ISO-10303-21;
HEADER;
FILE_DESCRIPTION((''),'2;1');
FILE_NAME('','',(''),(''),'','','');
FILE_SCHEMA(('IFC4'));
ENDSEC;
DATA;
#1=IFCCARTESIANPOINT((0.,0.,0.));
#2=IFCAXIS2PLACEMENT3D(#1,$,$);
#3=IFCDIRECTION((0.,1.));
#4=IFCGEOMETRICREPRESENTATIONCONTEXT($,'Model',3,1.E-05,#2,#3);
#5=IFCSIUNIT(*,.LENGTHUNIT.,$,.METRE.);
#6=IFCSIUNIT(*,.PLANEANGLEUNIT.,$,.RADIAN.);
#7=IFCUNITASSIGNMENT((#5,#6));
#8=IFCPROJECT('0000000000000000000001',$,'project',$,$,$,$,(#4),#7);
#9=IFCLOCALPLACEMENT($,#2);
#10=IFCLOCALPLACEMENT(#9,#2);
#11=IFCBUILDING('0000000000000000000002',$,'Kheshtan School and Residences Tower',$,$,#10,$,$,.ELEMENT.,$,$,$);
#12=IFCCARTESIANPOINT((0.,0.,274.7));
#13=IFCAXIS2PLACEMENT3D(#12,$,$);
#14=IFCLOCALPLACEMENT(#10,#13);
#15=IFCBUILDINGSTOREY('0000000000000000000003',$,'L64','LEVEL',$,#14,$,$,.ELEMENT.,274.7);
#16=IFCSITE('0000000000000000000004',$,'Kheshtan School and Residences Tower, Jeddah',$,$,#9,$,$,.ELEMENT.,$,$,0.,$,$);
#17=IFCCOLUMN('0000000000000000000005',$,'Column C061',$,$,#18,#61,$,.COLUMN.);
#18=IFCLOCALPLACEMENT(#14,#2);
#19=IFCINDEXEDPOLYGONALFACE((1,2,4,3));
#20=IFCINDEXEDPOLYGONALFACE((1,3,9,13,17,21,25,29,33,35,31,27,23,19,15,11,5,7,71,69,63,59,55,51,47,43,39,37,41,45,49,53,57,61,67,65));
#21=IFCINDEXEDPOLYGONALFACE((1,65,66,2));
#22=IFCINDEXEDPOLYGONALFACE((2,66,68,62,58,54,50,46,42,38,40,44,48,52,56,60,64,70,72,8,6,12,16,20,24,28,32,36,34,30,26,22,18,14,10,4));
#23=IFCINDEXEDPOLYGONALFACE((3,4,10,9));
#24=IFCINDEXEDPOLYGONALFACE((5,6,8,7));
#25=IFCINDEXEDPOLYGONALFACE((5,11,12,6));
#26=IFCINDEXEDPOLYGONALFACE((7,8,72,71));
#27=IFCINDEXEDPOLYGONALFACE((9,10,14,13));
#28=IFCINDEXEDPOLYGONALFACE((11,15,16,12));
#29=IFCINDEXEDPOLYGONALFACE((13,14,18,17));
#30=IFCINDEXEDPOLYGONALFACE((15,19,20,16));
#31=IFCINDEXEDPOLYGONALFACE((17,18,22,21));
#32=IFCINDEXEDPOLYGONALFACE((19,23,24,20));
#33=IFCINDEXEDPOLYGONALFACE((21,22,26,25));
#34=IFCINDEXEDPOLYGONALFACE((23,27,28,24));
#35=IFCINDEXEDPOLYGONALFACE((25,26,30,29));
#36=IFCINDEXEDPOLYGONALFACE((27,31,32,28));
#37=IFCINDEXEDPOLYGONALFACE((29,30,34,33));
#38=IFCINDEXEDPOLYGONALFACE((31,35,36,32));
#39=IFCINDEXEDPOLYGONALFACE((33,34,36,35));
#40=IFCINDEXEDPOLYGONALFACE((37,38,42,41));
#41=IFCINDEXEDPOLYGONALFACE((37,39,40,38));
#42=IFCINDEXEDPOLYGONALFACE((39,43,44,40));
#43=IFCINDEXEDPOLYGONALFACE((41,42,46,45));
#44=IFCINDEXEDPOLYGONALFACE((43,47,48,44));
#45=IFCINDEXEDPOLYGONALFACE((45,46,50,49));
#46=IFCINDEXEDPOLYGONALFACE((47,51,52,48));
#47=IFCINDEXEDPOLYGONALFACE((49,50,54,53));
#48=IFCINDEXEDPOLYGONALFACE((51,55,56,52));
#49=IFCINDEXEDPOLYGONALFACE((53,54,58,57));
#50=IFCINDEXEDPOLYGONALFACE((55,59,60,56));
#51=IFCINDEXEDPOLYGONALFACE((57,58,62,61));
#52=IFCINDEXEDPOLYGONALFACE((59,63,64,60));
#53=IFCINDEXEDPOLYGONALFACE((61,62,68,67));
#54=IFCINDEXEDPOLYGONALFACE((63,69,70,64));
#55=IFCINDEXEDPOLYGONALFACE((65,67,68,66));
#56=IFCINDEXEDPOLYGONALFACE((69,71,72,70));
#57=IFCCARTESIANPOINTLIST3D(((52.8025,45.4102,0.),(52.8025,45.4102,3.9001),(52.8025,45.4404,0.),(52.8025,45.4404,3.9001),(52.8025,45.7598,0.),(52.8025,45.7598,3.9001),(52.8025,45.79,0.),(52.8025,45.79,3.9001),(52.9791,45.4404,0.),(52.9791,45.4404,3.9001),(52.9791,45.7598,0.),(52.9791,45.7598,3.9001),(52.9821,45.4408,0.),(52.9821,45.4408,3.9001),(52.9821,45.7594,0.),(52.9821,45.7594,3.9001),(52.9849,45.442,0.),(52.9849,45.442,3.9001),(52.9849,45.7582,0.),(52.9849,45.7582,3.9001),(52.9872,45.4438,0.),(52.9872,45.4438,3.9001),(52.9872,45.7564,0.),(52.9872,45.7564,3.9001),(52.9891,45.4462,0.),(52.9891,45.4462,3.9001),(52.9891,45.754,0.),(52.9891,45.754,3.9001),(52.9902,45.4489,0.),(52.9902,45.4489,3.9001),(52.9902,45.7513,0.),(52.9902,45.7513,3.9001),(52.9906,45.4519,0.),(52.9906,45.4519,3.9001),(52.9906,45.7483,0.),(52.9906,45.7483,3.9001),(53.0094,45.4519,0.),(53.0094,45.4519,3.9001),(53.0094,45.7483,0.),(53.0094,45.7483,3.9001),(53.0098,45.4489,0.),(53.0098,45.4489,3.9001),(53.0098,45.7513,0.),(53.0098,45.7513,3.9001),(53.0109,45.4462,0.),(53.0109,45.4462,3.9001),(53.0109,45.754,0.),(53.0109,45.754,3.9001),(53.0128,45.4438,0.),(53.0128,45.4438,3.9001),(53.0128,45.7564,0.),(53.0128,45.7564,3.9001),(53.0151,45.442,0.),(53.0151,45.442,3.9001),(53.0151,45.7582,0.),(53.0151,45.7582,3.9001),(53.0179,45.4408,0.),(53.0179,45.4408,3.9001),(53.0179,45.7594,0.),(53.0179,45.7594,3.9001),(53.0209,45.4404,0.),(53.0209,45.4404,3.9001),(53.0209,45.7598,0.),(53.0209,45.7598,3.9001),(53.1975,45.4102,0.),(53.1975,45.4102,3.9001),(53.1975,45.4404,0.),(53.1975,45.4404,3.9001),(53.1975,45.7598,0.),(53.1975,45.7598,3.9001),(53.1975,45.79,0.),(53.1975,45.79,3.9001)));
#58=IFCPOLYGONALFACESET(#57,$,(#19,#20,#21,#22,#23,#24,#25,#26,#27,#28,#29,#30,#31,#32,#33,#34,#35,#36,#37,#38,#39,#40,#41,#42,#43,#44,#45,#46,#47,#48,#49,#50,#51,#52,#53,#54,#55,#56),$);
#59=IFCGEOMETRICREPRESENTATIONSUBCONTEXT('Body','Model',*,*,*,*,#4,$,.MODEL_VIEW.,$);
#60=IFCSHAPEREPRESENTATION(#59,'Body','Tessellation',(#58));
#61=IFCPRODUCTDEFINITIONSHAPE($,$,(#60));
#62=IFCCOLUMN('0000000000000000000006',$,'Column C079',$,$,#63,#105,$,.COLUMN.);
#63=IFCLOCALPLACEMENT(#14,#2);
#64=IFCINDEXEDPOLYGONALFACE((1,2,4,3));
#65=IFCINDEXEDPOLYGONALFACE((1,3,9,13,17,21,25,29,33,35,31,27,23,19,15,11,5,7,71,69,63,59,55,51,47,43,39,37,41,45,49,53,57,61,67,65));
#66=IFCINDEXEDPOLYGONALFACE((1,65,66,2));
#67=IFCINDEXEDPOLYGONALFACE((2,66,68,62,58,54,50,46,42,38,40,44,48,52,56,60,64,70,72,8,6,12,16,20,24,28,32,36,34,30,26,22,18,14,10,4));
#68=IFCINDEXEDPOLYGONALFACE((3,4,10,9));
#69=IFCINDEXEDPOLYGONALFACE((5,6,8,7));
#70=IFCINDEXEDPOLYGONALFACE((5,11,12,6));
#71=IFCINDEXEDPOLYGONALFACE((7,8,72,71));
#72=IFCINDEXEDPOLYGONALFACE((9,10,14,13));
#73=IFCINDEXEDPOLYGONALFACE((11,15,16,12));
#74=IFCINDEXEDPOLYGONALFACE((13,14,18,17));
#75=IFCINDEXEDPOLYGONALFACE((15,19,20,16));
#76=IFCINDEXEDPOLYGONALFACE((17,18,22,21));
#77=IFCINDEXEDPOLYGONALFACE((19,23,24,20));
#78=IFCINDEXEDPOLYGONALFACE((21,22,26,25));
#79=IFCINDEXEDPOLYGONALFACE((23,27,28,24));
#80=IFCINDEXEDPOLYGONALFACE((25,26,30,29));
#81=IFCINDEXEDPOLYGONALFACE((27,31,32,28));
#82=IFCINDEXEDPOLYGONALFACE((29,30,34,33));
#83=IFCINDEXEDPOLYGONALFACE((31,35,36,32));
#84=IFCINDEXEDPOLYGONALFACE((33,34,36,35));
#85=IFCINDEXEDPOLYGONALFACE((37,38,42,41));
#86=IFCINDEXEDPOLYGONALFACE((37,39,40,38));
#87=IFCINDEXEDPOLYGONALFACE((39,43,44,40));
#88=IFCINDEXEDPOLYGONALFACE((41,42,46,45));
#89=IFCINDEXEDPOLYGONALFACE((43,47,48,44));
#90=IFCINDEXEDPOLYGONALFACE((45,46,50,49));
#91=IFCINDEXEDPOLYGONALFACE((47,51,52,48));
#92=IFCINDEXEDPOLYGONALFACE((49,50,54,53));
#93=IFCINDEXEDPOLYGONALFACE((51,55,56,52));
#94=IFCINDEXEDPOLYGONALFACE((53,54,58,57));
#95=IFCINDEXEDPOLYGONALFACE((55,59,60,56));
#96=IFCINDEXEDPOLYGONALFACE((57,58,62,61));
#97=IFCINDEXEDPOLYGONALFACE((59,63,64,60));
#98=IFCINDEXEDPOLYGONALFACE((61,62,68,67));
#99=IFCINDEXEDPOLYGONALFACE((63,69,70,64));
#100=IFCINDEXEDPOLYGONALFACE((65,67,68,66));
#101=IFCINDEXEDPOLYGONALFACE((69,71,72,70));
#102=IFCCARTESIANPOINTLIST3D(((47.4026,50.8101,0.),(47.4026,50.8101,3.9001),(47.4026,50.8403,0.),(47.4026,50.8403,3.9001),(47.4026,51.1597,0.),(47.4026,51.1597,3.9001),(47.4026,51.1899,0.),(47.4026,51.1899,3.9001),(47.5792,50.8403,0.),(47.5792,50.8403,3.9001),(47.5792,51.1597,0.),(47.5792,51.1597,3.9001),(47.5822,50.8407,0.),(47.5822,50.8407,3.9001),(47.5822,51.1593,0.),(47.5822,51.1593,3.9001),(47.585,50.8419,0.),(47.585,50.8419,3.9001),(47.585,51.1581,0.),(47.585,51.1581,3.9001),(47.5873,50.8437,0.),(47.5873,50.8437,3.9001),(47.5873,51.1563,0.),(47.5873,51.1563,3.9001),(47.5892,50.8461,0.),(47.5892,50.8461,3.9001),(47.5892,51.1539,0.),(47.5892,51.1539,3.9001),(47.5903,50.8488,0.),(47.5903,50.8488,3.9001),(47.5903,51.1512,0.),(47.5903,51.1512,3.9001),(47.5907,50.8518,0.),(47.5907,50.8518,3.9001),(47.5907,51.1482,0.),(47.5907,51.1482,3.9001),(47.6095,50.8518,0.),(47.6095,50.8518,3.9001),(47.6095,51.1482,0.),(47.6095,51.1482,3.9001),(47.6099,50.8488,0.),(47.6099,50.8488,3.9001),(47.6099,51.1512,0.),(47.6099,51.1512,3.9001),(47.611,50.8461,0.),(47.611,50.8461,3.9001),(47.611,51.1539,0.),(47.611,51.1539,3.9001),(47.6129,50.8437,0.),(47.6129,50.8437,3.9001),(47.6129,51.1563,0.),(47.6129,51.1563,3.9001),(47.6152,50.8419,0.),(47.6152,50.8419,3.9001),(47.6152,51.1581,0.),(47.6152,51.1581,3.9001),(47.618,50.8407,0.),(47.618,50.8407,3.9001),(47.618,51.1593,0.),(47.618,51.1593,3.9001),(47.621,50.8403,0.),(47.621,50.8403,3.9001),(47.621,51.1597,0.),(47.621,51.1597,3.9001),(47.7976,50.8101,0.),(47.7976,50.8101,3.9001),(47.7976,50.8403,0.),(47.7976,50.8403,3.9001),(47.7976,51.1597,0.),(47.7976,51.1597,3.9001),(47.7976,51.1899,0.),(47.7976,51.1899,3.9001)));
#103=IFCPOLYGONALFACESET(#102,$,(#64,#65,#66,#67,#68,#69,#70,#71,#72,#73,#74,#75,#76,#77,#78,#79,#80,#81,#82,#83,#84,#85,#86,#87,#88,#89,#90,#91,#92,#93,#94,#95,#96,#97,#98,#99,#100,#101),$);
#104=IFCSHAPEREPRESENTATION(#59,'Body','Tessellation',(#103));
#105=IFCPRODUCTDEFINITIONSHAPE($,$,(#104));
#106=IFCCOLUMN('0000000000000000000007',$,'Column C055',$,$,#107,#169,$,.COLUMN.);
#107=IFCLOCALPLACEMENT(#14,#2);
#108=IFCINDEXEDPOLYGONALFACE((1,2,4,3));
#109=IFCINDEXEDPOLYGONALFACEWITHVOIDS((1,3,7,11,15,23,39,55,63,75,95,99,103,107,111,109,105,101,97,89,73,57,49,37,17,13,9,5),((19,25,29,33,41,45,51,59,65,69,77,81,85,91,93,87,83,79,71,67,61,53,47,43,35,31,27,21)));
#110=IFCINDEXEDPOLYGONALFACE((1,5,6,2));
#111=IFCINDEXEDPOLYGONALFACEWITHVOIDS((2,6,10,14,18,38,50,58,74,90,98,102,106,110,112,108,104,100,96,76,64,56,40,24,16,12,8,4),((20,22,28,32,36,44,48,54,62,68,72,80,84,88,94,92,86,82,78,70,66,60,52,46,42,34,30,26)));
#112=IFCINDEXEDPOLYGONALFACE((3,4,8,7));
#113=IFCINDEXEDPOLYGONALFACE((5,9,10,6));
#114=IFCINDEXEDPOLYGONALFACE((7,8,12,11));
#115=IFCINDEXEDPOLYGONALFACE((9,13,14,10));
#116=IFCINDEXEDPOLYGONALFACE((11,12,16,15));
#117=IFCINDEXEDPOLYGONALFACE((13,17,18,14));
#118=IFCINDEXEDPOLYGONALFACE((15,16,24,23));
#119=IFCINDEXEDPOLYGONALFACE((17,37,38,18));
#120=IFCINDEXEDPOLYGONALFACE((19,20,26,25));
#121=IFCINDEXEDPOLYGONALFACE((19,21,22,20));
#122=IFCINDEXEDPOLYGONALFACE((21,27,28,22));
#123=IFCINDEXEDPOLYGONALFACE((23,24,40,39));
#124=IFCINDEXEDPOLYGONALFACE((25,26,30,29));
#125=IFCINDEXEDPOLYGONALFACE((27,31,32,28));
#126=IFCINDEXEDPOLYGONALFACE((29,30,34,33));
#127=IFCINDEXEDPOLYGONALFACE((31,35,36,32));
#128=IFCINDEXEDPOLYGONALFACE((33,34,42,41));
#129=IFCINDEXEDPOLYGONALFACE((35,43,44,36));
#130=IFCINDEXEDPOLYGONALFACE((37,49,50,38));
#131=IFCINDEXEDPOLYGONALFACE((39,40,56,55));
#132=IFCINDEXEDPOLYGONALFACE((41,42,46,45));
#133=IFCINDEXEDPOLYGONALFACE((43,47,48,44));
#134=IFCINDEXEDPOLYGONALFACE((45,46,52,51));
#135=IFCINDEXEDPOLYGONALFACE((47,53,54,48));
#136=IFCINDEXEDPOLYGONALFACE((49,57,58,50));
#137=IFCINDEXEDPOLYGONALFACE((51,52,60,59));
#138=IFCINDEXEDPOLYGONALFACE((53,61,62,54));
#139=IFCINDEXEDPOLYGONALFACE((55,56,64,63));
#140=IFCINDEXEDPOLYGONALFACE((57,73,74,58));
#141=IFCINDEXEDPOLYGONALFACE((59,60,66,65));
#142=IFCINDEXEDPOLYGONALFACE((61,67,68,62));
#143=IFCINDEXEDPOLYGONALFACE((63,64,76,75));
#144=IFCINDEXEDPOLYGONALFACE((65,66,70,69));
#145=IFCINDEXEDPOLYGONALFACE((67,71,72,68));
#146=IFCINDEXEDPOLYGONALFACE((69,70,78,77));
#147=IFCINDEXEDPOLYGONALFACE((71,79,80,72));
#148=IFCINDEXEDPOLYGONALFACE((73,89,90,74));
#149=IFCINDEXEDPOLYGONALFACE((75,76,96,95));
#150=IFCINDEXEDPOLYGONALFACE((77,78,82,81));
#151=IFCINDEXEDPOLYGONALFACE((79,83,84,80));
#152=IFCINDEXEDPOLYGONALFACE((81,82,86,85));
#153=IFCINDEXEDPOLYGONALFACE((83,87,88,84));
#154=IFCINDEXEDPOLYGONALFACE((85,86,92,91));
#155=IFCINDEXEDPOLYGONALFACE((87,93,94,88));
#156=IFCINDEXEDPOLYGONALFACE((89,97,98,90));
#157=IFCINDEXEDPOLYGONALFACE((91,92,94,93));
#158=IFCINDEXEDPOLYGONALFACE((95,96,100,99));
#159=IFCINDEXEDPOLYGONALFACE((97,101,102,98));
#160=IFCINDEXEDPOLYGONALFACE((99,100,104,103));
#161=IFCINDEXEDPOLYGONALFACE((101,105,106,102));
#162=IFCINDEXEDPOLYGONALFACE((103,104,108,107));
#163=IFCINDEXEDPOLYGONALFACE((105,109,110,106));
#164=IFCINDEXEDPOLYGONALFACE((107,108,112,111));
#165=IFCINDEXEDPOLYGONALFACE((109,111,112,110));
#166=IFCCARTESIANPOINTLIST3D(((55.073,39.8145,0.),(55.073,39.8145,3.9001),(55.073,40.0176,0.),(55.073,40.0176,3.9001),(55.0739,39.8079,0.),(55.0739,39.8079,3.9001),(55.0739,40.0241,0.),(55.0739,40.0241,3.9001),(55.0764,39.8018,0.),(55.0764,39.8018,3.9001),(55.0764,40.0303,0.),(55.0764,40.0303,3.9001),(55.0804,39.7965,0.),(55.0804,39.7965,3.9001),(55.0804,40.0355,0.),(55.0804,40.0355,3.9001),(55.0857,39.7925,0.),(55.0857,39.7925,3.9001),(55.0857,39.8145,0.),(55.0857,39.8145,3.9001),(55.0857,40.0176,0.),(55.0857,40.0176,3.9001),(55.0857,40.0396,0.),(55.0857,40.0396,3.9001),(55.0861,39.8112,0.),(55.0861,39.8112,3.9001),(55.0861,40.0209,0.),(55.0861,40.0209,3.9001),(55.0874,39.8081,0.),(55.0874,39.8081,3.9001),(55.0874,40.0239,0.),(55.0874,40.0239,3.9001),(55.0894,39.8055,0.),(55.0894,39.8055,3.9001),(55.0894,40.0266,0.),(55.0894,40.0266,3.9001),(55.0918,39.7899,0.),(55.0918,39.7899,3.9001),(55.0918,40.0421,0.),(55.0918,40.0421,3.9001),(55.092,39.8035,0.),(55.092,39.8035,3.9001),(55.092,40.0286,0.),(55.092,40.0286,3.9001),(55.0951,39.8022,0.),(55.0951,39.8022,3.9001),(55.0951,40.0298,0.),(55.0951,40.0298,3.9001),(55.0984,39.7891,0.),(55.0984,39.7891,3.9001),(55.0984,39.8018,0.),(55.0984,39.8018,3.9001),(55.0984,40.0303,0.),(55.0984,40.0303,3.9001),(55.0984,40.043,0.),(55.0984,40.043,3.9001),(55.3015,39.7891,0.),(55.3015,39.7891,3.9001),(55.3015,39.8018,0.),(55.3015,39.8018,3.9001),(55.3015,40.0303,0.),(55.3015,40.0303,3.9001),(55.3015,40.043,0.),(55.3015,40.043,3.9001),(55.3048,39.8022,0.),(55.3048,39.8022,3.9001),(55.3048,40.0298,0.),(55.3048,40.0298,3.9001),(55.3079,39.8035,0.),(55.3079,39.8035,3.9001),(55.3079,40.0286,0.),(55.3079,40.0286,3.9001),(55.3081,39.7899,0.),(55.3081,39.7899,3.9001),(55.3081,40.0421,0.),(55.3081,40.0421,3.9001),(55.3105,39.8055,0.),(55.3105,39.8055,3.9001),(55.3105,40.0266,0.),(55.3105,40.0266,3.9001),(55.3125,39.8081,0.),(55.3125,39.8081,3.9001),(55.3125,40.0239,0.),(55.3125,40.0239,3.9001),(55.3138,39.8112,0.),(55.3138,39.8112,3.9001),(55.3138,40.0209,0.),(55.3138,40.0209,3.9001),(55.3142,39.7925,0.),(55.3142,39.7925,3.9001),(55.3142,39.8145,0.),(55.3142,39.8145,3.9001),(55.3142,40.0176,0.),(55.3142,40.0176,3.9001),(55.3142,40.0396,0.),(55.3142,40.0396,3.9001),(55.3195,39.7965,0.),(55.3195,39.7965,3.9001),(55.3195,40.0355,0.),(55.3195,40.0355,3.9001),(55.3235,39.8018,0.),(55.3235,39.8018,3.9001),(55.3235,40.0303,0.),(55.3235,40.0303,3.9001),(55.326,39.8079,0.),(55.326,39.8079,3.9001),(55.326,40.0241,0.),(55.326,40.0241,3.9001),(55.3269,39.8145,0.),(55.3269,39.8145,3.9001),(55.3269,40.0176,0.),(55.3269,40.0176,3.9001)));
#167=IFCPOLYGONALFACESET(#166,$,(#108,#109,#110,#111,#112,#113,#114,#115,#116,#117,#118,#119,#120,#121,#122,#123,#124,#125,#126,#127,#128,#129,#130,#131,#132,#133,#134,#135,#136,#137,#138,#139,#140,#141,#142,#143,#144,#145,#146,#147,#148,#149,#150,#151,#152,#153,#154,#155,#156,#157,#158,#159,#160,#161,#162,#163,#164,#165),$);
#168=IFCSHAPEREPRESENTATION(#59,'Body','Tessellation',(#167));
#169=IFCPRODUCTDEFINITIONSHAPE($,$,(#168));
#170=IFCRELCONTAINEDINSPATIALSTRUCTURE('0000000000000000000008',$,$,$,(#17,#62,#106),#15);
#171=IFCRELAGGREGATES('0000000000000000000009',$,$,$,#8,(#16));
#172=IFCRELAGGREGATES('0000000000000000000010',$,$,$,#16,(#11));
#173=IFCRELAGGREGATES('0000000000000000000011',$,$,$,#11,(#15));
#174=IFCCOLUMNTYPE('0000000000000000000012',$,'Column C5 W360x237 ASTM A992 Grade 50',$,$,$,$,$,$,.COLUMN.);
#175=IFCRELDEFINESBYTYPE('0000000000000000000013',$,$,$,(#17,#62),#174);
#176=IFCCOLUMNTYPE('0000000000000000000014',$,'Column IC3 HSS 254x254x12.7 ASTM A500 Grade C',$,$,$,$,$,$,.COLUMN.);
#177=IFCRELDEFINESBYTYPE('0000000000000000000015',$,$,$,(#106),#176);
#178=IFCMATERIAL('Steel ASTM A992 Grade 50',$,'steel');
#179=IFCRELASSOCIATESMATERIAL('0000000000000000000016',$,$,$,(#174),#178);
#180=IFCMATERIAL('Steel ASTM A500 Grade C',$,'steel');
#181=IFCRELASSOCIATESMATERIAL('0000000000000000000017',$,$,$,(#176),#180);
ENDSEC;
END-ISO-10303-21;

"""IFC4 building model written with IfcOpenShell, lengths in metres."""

from ifc_helpers import new_model, si_unit, direction, frame, origin, origin_2d, place, context, subcontext, project, spatial, hollow_rectangle, i_section, extrude, material, material_profile, profile_set, type_object, element, save


model = new_model("IFC4")

# Units and contexts
model_context = context("Model", 3, precision=1e-05, world=origin(), true_north=direction((0.0, 1.0)))
body_context = subcontext(model_context, "Body", "Model", "MODEL_VIEW")
ifc_project = project(units=[si_unit("LENGTHUNIT", "METRE"), si_unit("PLANEANGLEUNIT", "RADIAN")], contexts=[model_context])

# Site, building, storey
site_placement = place(None, origin())
site = spatial("IfcSite", under=ifc_project, at=site_placement, Name="Kheshtan School and Residences Tower, Jeddah", CompositionType="ELEMENT", RefElevation=0.0)
building_placement = place(site_placement, origin())
building = spatial("IfcBuilding", under=site, at=building_placement, Name="Kheshtan School and Residences Tower", CompositionType="ELEMENT")
storey_placement = place(building_placement, frame((0.0, 0.0, 274.7)))
storey = spatial("IfcBuildingStorey", under=building, at=storey_placement, Name="L64", Description="LEVEL", CompositionType="ELEMENT", Elevation=274.7)

# Columns
ifc_material_1 = material(Name="Steel ASTM A992 Grade 50", Category="steel")
ifc_material_profile_1 = material_profile(ifc_material_1, i_section(OverallWidth=0.395, OverallDepth=0.3799, WebThickness=0.0188, FlangeThickness=0.0303, FilletRadius=0.0115, at=origin_2d()), Name="W360x237")
ifc_profile_set_1 = profile_set([ifc_material_profile_1], Name="Steel ASTM A992 Grade 50")
column_type_1 = type_object("IfcColumnType", Name="Column C5 W360x237 ASTM A992 Grade 50", PredefinedType="COLUMN", material=ifc_profile_set_1)
for number, where, z_axis, x_axis, name in (
    (1, (53.0, 45.6001, 0.0), (0.0, 0.0, 1.0), (1.0, 0.0, 0.0), "Column C061"),
    (2, (47.6001, 51.0, 0.0), (0.0, 0.0, 1.0), (1.0, 0.0, 0.0), "Column C079"),
):
    element("IfcColumn", number, at=place(storey_placement, frame(where, z_axis=z_axis, x_axis=x_axis)), inside=storey, type_object=column_type_1, Name=name, PredefinedType="COLUMN", context=body_context, shape_type="SweptSolid", body=[
        extrude(i_section(OverallWidth=0.395, OverallDepth=0.3799, WebThickness=0.0188, FlangeThickness=0.0303, FilletRadius=0.0115, at=origin_2d()), origin(), (0.0, 0.0, 1.0), 3.9001),
    ])
ifc_material_2 = material(Name="Steel ASTM A500 Grade C", Category="steel")
ifc_material_profile_2 = material_profile(ifc_material_2, hollow_rectangle(XDim=0.2539, YDim=0.2539, WallThickness=0.0127, InnerFilletRadius=0.0127, OuterFilletRadius=0.0254, at=origin_2d()), Name="HSS 254x254x12.7")
ifc_profile_set_2 = profile_set([ifc_material_profile_2], Name="Steel ASTM A500 Grade C")
column_type_2 = type_object("IfcColumnType", Name="Column IC3 HSS 254x254x12.7 ASTM A500 Grade C", PredefinedType="COLUMN", material=ifc_profile_set_2)
for number, where, z_axis, x_axis, name in (
    (3, (55.2, 39.916, 0.0), (0.0, 0.0, 1.0), (1.0, 0.0, 0.0), "Column C055"),
):
    element("IfcColumn", number, at=place(storey_placement, frame(where, z_axis=z_axis, x_axis=x_axis)), inside=storey, type_object=column_type_2, Name=name, PredefinedType="COLUMN", context=body_context, shape_type="SweptSolid", body=[
        extrude(hollow_rectangle(XDim=0.2539, YDim=0.2539, WallThickness=0.0127, InnerFilletRadius=0.0127, OuterFilletRadius=0.0254, at=origin_2d()), origin(), (0.0, 0.0, 1.0), 3.9001),
    ])

save(model, "model.ifc")
